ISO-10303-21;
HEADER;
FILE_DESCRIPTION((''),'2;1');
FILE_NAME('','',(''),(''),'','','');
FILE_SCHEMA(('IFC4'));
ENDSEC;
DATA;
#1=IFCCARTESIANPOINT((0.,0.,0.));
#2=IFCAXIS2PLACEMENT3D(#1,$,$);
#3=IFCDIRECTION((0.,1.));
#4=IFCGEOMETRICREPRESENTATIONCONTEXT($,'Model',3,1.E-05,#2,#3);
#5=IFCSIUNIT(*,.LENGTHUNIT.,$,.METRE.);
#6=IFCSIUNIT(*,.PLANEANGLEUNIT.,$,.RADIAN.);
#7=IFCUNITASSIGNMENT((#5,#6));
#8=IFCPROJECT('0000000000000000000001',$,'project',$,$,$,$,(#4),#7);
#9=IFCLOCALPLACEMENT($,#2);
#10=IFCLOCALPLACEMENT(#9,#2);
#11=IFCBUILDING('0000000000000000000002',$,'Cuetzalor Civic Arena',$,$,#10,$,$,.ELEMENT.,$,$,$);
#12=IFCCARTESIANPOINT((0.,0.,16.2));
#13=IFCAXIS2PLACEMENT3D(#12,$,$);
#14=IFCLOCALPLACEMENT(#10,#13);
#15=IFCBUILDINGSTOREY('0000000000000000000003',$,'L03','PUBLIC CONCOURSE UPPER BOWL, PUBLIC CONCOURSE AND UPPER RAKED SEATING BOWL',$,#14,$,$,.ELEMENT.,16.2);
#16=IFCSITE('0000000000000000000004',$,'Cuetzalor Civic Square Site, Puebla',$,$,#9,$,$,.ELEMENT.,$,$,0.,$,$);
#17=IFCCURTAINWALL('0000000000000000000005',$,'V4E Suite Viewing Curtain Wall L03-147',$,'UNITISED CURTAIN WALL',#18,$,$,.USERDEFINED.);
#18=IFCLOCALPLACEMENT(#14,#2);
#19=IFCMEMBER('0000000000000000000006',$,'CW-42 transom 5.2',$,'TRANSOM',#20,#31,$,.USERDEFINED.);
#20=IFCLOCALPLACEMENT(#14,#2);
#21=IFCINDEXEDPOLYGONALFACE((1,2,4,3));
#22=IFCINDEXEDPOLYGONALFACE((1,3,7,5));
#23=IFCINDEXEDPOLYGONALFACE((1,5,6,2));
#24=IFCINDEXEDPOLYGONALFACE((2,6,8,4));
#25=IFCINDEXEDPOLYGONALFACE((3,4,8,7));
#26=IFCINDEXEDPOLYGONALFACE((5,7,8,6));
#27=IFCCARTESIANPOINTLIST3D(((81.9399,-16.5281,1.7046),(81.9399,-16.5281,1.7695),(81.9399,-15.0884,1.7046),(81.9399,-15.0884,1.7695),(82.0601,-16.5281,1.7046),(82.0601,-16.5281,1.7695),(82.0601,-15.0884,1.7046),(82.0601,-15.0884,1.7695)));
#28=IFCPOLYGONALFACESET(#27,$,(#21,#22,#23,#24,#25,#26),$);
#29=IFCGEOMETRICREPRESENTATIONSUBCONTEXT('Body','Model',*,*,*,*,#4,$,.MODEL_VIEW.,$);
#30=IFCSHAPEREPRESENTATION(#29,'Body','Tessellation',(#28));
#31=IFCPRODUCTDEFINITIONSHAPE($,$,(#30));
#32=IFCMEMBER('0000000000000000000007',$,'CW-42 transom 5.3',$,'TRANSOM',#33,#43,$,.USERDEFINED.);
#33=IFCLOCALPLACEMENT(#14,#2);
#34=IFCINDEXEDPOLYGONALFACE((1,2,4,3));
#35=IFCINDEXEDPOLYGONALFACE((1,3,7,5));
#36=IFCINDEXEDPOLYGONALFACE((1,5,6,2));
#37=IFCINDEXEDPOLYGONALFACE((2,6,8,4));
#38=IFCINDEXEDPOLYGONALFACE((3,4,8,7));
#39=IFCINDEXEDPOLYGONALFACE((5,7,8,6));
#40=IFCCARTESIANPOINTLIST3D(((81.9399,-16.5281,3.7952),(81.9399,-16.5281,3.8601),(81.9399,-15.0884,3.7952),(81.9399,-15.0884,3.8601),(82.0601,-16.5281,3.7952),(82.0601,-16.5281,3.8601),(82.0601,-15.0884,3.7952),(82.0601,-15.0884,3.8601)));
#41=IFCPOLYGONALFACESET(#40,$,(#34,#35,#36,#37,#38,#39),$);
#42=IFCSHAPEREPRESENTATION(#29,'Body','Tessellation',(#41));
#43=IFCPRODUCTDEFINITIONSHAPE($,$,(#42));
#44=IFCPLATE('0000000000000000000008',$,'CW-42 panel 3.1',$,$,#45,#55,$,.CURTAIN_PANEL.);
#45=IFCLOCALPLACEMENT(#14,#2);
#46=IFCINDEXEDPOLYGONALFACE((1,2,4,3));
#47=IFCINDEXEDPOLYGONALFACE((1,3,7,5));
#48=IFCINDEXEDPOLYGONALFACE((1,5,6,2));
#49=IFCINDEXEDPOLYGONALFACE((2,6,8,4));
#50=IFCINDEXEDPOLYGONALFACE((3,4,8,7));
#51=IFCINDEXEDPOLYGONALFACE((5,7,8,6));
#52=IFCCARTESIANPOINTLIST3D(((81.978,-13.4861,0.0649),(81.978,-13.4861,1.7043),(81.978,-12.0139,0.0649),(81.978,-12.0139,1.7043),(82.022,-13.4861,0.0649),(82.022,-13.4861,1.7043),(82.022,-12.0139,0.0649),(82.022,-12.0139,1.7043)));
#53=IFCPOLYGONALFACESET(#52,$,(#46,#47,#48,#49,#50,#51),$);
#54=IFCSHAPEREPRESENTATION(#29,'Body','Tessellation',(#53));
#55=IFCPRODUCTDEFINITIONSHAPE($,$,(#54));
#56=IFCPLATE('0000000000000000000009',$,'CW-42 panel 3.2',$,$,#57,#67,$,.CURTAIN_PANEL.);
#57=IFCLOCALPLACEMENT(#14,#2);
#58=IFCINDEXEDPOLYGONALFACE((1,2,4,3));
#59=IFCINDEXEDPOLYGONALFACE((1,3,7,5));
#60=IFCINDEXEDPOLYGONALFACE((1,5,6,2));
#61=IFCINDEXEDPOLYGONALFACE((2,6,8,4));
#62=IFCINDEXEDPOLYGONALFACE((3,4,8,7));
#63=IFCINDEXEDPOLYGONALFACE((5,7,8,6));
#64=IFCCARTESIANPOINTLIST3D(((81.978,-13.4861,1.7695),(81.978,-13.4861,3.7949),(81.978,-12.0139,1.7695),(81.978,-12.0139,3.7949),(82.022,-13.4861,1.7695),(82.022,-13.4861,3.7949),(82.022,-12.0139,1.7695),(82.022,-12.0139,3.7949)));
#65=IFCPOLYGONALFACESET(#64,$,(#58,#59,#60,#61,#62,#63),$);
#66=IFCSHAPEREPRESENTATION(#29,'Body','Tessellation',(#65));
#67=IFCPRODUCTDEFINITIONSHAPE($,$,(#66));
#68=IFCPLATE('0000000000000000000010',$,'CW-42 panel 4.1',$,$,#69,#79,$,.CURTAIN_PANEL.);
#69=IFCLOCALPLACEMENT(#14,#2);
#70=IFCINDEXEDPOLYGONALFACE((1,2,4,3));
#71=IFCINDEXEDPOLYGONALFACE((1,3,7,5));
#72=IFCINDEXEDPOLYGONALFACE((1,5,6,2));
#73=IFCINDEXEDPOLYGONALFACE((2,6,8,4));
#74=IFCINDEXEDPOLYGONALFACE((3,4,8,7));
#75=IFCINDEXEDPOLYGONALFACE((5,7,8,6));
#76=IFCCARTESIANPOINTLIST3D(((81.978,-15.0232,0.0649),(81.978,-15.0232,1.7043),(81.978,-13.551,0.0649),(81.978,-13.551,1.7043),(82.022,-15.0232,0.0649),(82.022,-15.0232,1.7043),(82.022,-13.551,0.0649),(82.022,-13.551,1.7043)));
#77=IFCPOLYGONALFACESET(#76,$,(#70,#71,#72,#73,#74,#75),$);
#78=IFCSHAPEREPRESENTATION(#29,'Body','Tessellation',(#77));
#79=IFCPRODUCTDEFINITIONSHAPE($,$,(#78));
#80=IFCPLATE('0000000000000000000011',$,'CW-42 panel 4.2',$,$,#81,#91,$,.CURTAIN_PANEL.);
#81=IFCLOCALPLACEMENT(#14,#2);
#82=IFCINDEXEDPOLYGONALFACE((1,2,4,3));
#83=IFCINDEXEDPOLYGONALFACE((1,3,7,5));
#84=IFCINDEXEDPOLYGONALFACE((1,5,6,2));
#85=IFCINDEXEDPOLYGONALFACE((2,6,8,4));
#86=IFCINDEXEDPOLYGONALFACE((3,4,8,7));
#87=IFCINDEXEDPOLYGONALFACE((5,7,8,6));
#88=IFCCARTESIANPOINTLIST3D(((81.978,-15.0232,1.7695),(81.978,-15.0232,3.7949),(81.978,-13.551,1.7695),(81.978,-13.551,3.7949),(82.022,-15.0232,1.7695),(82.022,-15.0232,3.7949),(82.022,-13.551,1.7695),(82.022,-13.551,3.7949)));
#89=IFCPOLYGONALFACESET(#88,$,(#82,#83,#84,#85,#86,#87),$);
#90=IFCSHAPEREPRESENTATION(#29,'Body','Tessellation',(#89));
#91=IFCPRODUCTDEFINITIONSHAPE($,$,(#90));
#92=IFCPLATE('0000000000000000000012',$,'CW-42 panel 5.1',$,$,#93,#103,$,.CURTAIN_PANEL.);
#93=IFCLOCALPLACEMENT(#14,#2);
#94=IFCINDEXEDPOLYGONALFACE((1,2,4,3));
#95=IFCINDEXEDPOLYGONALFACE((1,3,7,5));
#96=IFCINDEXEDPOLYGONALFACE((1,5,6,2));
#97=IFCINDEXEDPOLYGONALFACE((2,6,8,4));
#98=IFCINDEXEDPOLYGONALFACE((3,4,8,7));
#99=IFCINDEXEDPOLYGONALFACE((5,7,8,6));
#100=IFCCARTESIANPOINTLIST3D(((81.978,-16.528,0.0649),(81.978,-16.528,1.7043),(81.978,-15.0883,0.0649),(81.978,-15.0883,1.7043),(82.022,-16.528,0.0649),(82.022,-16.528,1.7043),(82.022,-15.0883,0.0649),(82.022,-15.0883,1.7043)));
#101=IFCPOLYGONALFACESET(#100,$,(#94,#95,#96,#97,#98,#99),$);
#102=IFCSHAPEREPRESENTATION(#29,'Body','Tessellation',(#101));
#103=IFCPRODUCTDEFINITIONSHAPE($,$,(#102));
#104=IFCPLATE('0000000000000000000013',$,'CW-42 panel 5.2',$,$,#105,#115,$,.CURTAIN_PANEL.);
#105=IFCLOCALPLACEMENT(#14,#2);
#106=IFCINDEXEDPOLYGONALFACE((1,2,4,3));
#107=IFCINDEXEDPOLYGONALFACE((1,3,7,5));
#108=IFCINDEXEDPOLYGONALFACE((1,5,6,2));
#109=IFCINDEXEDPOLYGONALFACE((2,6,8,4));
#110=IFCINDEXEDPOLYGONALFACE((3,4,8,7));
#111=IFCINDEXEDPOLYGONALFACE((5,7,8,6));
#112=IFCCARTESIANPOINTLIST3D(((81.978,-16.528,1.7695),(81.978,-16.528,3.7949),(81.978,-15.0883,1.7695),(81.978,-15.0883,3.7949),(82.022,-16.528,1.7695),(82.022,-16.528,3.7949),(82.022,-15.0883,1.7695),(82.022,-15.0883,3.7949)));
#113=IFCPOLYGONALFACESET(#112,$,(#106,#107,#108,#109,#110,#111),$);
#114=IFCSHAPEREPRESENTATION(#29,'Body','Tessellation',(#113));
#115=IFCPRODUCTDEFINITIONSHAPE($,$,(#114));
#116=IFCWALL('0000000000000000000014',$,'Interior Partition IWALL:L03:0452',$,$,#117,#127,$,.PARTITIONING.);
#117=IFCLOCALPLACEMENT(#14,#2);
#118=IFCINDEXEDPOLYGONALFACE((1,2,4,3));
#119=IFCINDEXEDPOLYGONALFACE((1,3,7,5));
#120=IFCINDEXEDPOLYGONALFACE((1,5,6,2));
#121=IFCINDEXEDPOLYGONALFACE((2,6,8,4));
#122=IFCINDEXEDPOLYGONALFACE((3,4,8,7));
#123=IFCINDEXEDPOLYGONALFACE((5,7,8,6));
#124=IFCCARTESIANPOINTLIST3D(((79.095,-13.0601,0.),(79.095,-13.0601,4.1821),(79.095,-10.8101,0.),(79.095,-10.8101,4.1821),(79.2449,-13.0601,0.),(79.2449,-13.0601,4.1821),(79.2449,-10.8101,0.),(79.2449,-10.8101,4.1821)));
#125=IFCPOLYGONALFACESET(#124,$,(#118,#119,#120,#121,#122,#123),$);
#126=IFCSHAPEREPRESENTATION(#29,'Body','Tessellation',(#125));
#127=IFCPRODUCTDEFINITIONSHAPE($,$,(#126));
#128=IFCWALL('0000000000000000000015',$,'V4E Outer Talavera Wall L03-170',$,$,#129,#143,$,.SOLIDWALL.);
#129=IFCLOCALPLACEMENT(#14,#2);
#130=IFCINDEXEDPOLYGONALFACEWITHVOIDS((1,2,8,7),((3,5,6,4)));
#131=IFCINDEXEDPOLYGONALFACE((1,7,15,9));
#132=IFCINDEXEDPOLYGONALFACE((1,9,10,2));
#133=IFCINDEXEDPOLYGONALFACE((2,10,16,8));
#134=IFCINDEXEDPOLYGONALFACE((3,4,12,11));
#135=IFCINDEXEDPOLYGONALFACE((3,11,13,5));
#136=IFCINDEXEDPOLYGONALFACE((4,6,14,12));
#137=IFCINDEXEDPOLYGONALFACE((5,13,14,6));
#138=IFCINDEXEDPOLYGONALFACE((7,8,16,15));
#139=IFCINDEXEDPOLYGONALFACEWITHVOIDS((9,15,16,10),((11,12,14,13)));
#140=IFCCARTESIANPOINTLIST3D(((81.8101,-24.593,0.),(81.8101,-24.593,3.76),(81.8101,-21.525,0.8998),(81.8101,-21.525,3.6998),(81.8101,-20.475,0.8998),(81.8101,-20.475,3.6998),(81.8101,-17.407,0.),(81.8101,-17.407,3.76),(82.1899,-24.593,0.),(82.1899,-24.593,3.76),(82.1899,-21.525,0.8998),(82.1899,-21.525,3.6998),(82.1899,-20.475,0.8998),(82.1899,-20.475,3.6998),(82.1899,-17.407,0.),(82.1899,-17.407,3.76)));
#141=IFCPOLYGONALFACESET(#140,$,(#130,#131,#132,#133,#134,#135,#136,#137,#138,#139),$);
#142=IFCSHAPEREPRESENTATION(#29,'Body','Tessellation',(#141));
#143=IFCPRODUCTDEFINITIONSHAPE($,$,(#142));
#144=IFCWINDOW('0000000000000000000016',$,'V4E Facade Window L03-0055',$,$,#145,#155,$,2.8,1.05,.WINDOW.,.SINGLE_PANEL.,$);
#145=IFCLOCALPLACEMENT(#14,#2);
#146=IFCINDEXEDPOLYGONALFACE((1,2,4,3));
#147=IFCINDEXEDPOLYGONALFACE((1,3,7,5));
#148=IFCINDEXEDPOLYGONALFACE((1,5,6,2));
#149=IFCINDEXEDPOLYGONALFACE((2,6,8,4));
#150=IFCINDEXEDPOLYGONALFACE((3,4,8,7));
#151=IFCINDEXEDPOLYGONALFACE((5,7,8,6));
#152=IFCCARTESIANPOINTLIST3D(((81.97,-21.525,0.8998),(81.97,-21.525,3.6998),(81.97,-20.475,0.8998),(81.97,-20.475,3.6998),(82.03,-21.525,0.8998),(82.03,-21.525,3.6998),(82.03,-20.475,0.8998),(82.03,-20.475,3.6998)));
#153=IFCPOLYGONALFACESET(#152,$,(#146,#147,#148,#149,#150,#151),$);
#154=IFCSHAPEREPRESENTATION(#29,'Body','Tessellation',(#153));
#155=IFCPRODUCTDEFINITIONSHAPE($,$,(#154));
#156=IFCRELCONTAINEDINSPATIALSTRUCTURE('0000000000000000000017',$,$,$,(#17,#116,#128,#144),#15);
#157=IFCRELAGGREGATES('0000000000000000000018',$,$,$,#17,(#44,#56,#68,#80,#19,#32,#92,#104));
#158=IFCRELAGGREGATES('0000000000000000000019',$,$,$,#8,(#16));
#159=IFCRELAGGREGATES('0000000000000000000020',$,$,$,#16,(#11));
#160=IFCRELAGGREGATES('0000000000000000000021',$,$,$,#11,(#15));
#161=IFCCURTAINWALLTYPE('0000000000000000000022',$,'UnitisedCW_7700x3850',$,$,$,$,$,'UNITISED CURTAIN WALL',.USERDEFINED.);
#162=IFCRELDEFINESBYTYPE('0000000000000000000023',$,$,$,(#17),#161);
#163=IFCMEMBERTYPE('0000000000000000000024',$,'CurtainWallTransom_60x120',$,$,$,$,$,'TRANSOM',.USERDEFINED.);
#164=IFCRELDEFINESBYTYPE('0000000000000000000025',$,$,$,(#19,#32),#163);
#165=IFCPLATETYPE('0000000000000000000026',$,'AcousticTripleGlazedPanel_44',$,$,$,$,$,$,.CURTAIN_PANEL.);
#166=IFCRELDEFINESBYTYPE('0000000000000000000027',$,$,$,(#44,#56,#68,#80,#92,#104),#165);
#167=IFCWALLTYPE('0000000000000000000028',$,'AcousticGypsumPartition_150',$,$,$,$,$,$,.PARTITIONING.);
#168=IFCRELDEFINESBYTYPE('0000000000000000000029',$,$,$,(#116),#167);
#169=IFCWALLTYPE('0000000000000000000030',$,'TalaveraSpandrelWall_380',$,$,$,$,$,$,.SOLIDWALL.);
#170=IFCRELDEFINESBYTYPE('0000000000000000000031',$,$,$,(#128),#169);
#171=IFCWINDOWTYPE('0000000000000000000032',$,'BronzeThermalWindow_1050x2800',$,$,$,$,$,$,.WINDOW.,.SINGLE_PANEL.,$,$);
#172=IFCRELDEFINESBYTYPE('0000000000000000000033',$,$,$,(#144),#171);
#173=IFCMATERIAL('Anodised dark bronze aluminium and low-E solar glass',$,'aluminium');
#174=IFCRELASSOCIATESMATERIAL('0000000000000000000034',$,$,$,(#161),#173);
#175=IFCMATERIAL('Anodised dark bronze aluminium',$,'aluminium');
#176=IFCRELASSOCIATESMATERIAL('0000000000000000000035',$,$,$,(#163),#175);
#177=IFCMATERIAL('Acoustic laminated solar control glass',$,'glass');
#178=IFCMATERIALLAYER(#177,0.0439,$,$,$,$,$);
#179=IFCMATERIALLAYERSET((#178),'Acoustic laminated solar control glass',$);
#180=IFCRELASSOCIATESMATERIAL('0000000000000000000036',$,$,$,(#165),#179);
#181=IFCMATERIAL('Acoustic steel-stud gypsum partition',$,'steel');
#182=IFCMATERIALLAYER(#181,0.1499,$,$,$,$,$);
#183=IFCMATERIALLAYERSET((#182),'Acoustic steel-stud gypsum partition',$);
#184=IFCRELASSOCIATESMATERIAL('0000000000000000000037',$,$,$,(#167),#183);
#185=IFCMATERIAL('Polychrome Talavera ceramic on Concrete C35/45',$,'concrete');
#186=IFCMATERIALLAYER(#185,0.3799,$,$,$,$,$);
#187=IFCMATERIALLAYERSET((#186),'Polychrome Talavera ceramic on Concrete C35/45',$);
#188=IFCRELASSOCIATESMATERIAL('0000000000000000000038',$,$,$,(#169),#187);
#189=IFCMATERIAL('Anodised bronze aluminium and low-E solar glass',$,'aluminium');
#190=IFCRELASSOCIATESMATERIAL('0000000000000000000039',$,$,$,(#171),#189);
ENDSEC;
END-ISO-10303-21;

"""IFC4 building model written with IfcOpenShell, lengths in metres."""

from ifc_helpers import new_model, si_unit, direction, frame, frame_2d, origin, origin_2d, place, context, subcontext, project, spatial, rectangle, extrude, material, layer, layer_set, material_profile, profile_set, type_object, element, fill, aggregate, save


model = new_model("IFC4")

# Units and contexts
model_context = context("Model", 3, precision=1e-05, world=origin(), true_north=direction((0.0, 1.0)))
body_context = subcontext(model_context, "Body", "Model", "MODEL_VIEW")
ifc_project = project(units=[si_unit("LENGTHUNIT", "METRE"), si_unit("PLANEANGLEUNIT", "RADIAN")], contexts=[model_context])

# Site, building, storey
site_placement = place(None, origin())
site = spatial("IfcSite", under=ifc_project, at=site_placement, Name="Cuetzalor Civic Square Site, Puebla", CompositionType="ELEMENT", RefElevation=0.0)
building_placement = place(site_placement, origin())
building = spatial("IfcBuilding", under=site, at=building_placement, Name="Cuetzalor Civic Arena", CompositionType="ELEMENT")
storey_placement = place(building_placement, frame((0.0, 0.0, 16.2)))
storey = spatial("IfcBuildingStorey", under=building, at=storey_placement, Name="L03", Description="PUBLIC CONCOURSE UPPER BOWL, PUBLIC CONCOURSE AND UPPER RAKED SEATING BOWL", CompositionType="ELEMENT", Elevation=16.2)

# Curtain wall, members, plates
ifc_material_1 = material(Name="Anodised dark bronze aluminium and low-E solar glass", Category="aluminium")
curtain_wall_type = type_object("IfcCurtainWallType", Name="UnitisedCW_7700x3850", ElementType="UNITISED CURTAIN WALL", PredefinedType="USERDEFINED", material=ifc_material_1)
curtain_wall_placement = place(storey_placement, origin())
curtain_wall = element("IfcCurtainWall", 1, at=curtain_wall_placement, inside=storey, type_object=curtain_wall_type, Name="V4E Suite Viewing Curtain Wall L03-147", ObjectType="UNITISED CURTAIN WALL", PredefinedType="USERDEFINED")
ifc_material_2 = material(Name="Anodised dark bronze aluminium", Category="aluminium")
ifc_material_profile_1 = material_profile(ifc_material_2, rectangle(XDim=0.1201, YDim=0.0649, at=origin_2d()), Name="ALU TRANSOM 65x120")
ifc_profile_set_1 = profile_set([ifc_material_profile_1], Name="Anodised dark bronze aluminium")
member_type_1 = type_object("IfcMemberType", Name="CurtainWallTransom_60x120", ElementType="TRANSOM", PredefinedType="USERDEFINED", material=ifc_profile_set_1)
member_1_placement = place(storey_placement, frame((82.0, -15.0884, 1.7371), z_axis=(0.0, -1.0, 0.0), x_axis=(1.0, 0.0, 0.0)))
member_1 = element("IfcMember", 2, at=member_1_placement, type_object=member_type_1, Name="CW-42 transom 5.2", ObjectType="TRANSOM", PredefinedType="USERDEFINED", context=body_context, shape_type="SweptSolid", body=[
    extrude(rectangle(XDim=0.1201, YDim=0.0649, at=origin_2d()), origin(), (0.0, 0.0, 1.0), 1.4397),
])
member_2_placement = place(storey_placement, frame((82.0, -15.0884, 3.8276), z_axis=(0.0, -1.0, 0.0), x_axis=(1.0, 0.0, 0.0)))
member_2 = element("IfcMember", 3, at=member_2_placement, type_object=member_type_1, Name="CW-42 transom 5.3", ObjectType="TRANSOM", PredefinedType="USERDEFINED", context=body_context, shape_type="SweptSolid", body=[
    extrude(rectangle(XDim=0.1201, YDim=0.0649, at=origin_2d()), origin(), (0.0, 0.0, 1.0), 1.4397),
])
ifc_material_3 = material(Name="Acoustic laminated solar control glass", Category="glass")
ifc_layer_1 = layer(ifc_material_3, 0.0439)
ifc_layer_set_1 = layer_set([ifc_layer_1], Name="Acoustic laminated solar control glass")
plate_type = type_object("IfcPlateType", Name="AcousticTripleGlazedPanel_44", PredefinedType="CURTAIN_PANEL", material=ifc_layer_set_1)
plate_1_placement = place(storey_placement, frame((82.0, -12.75, 0.0649), z_axis=(0.0, 0.0, 1.0), x_axis=(0.0, -1.0, 0.0)))
plate_1 = element("IfcPlate", 4, at=plate_1_placement, type_object=plate_type, Name="CW-42 panel 3.1", PredefinedType="CURTAIN_PANEL", context=body_context, shape_type="SweptSolid", body=[
    extrude(rectangle(XDim=1.4722, YDim=0.0439, at=origin_2d()), origin(), (0.0, 0.0, 1.0), 1.6394),
])
plate_2_placement = place(storey_placement, frame((82.0, -12.75, 1.7695), z_axis=(0.0, 0.0, 1.0), x_axis=(0.0, -1.0, 0.0)))
plate_2 = element("IfcPlate", 5, at=plate_2_placement, type_object=plate_type, Name="CW-42 panel 3.2", PredefinedType="CURTAIN_PANEL", context=body_context, shape_type="SweptSolid", body=[
    extrude(rectangle(XDim=1.4722, YDim=0.0439, at=origin_2d()), origin(), (0.0, 0.0, 1.0), 2.0254),
])
plate_3_placement = place(storey_placement, frame((82.0, -14.2871, 0.0649), z_axis=(0.0, 0.0, 1.0), x_axis=(0.0, -1.0, 0.0)))
plate_3 = element("IfcPlate", 6, at=plate_3_placement, type_object=plate_type, Name="CW-42 panel 4.1", PredefinedType="CURTAIN_PANEL", context=body_context, shape_type="SweptSolid", body=[
    extrude(rectangle(XDim=1.4722, YDim=0.0439, at=origin_2d()), origin(), (0.0, 0.0, 1.0), 1.6394),
])
plate_4_placement = place(storey_placement, frame((82.0, -14.2871, 1.7695), z_axis=(0.0, 0.0, 1.0), x_axis=(0.0, -1.0, 0.0)))
plate_4 = element("IfcPlate", 7, at=plate_4_placement, type_object=plate_type, Name="CW-42 panel 4.2", PredefinedType="CURTAIN_PANEL", context=body_context, shape_type="SweptSolid", body=[
    extrude(rectangle(XDim=1.4722, YDim=0.0439, at=origin_2d()), origin(), (0.0, 0.0, 1.0), 2.0254),
])
plate_5_placement = place(storey_placement, frame((82.0, -15.8081, 0.0649), z_axis=(0.0, 0.0, 1.0), x_axis=(0.0, -1.0, 0.0)))
plate_5 = element("IfcPlate", 8, at=plate_5_placement, type_object=plate_type, Name="CW-42 panel 5.1", PredefinedType="CURTAIN_PANEL", context=body_context, shape_type="SweptSolid", body=[
    extrude(rectangle(XDim=1.4397, YDim=0.0439, at=origin_2d()), origin(), (0.0, 0.0, 1.0), 1.6394),
])
plate_6_placement = place(storey_placement, frame((82.0, -15.8081, 1.7695), z_axis=(0.0, 0.0, 1.0), x_axis=(0.0, -1.0, 0.0)))
plate_6 = element("IfcPlate", 9, at=plate_6_placement, type_object=plate_type, Name="CW-42 panel 5.2", PredefinedType="CURTAIN_PANEL", context=body_context, shape_type="SweptSolid", body=[
    extrude(rectangle(XDim=1.4397, YDim=0.0439, at=origin_2d()), origin(), (0.0, 0.0, 1.0), 2.0254),
])
aggregate(curtain_wall, [plate_1, plate_2, plate_3, plate_4, member_1, member_2, plate_5, plate_6])

# Wall
ifc_material_4 = material(Name="Acoustic steel-stud gypsum partition", Category="steel")
ifc_layer_2 = layer(ifc_material_4, 0.1499)
ifc_layer_set_2 = layer_set([ifc_layer_2], Name="Acoustic steel-stud gypsum partition")
wall_type_1 = type_object("IfcWallType", Name="AcousticGypsumPartition_150", PredefinedType="PARTITIONING", material=ifc_layer_set_2)
wall_1_placement = place(storey_placement, frame((79.1699, -13.0601, 0.0), z_axis=(0.0, 0.0, 1.0), x_axis=(0.0, 1.0, 0.0)))
element("IfcWall", 10, at=wall_1_placement, inside=storey, type_object=wall_type_1, Name="Interior Partition IWALL:L03:0452", PredefinedType="PARTITIONING", context=body_context, shape_type="SweptSolid", body=[
    extrude(rectangle(XDim=2.25, YDim=0.1499, at=frame_2d((1.125, 0.0))), origin(), (0.0, 0.0, 1.0), 4.1821),
])

# Wall, opening, window
ifc_material_5 = material(Name="Polychrome Talavera ceramic on Concrete C35/45", Category="concrete")
ifc_layer_3 = layer(ifc_material_5, 0.3799)
ifc_layer_set_3 = layer_set([ifc_layer_3], Name="Polychrome Talavera ceramic on Concrete C35/45")
wall_type_2 = type_object("IfcWallType", Name="TalaveraSpandrelWall_380", PredefinedType="SOLIDWALL", material=ifc_layer_set_3)
wall_2_placement = place(storey_placement, frame((82.0, -17.407, 0.0), z_axis=(0.0, 0.0, 1.0), x_axis=(0.0, -1.0, 0.0)))
wall_2 = element("IfcWall", 11, at=wall_2_placement, inside=storey, type_object=wall_type_2, Name="V4E Outer Talavera Wall L03-170", PredefinedType="SOLIDWALL", context=body_context, shape_type="SweptSolid", body=[
    extrude(rectangle(XDim=7.186, YDim=0.3799, at=frame_2d((3.593, 0.0))), origin(), (0.0, 0.0, 1.0), 3.76),
])
opening_placement = place(wall_2_placement, frame((3.0681, 0.0, 0.8999)))
opening = element("IfcOpeningElement", 12, at=opening_placement, cuts=wall_2, PredefinedType="OPENING", context=body_context, shape_type="SweptSolid", body=[
    extrude(rectangle(XDim=1.05, YDim=2.8, at=frame_2d((0.5249, 1.3999))), frame((0.0, 0.2, 0.0), z_axis=(0.0, -1.0, 0.0), x_axis=(1.0, 0.0, 0.0)), (0.0, 0.0, 1.0), 0.3999),
])
ifc_material_6 = material(Name="Anodised bronze aluminium and low-E solar glass", Category="aluminium")
window_type = type_object("IfcWindowType", Name="BronzeThermalWindow_1050x2800", PartitioningType="SINGLE_PANEL", PredefinedType="WINDOW", material=ifc_material_6)
window_placement = place(opening_placement, origin())
window = element("IfcWindow", 13, at=window_placement, inside=storey, type_object=window_type, Name="V4E Facade Window L03-0055", OverallHeight=2.8, OverallWidth=1.05, PartitioningType="SINGLE_PANEL", PredefinedType="WINDOW", context=body_context, shape_type="SweptSolid", body=[
    extrude(rectangle(XDim=1.05, YDim=2.8, at=frame_2d((0.5249, 1.3999))), frame((0.0, 0.03, 0.0), z_axis=(0.0, -1.0, 0.0), x_axis=(1.0, 0.0, 0.0)), (0.0, 0.0, 1.0), 0.0601),
])
fill(opening, window)

save(model, "model.ifc")
